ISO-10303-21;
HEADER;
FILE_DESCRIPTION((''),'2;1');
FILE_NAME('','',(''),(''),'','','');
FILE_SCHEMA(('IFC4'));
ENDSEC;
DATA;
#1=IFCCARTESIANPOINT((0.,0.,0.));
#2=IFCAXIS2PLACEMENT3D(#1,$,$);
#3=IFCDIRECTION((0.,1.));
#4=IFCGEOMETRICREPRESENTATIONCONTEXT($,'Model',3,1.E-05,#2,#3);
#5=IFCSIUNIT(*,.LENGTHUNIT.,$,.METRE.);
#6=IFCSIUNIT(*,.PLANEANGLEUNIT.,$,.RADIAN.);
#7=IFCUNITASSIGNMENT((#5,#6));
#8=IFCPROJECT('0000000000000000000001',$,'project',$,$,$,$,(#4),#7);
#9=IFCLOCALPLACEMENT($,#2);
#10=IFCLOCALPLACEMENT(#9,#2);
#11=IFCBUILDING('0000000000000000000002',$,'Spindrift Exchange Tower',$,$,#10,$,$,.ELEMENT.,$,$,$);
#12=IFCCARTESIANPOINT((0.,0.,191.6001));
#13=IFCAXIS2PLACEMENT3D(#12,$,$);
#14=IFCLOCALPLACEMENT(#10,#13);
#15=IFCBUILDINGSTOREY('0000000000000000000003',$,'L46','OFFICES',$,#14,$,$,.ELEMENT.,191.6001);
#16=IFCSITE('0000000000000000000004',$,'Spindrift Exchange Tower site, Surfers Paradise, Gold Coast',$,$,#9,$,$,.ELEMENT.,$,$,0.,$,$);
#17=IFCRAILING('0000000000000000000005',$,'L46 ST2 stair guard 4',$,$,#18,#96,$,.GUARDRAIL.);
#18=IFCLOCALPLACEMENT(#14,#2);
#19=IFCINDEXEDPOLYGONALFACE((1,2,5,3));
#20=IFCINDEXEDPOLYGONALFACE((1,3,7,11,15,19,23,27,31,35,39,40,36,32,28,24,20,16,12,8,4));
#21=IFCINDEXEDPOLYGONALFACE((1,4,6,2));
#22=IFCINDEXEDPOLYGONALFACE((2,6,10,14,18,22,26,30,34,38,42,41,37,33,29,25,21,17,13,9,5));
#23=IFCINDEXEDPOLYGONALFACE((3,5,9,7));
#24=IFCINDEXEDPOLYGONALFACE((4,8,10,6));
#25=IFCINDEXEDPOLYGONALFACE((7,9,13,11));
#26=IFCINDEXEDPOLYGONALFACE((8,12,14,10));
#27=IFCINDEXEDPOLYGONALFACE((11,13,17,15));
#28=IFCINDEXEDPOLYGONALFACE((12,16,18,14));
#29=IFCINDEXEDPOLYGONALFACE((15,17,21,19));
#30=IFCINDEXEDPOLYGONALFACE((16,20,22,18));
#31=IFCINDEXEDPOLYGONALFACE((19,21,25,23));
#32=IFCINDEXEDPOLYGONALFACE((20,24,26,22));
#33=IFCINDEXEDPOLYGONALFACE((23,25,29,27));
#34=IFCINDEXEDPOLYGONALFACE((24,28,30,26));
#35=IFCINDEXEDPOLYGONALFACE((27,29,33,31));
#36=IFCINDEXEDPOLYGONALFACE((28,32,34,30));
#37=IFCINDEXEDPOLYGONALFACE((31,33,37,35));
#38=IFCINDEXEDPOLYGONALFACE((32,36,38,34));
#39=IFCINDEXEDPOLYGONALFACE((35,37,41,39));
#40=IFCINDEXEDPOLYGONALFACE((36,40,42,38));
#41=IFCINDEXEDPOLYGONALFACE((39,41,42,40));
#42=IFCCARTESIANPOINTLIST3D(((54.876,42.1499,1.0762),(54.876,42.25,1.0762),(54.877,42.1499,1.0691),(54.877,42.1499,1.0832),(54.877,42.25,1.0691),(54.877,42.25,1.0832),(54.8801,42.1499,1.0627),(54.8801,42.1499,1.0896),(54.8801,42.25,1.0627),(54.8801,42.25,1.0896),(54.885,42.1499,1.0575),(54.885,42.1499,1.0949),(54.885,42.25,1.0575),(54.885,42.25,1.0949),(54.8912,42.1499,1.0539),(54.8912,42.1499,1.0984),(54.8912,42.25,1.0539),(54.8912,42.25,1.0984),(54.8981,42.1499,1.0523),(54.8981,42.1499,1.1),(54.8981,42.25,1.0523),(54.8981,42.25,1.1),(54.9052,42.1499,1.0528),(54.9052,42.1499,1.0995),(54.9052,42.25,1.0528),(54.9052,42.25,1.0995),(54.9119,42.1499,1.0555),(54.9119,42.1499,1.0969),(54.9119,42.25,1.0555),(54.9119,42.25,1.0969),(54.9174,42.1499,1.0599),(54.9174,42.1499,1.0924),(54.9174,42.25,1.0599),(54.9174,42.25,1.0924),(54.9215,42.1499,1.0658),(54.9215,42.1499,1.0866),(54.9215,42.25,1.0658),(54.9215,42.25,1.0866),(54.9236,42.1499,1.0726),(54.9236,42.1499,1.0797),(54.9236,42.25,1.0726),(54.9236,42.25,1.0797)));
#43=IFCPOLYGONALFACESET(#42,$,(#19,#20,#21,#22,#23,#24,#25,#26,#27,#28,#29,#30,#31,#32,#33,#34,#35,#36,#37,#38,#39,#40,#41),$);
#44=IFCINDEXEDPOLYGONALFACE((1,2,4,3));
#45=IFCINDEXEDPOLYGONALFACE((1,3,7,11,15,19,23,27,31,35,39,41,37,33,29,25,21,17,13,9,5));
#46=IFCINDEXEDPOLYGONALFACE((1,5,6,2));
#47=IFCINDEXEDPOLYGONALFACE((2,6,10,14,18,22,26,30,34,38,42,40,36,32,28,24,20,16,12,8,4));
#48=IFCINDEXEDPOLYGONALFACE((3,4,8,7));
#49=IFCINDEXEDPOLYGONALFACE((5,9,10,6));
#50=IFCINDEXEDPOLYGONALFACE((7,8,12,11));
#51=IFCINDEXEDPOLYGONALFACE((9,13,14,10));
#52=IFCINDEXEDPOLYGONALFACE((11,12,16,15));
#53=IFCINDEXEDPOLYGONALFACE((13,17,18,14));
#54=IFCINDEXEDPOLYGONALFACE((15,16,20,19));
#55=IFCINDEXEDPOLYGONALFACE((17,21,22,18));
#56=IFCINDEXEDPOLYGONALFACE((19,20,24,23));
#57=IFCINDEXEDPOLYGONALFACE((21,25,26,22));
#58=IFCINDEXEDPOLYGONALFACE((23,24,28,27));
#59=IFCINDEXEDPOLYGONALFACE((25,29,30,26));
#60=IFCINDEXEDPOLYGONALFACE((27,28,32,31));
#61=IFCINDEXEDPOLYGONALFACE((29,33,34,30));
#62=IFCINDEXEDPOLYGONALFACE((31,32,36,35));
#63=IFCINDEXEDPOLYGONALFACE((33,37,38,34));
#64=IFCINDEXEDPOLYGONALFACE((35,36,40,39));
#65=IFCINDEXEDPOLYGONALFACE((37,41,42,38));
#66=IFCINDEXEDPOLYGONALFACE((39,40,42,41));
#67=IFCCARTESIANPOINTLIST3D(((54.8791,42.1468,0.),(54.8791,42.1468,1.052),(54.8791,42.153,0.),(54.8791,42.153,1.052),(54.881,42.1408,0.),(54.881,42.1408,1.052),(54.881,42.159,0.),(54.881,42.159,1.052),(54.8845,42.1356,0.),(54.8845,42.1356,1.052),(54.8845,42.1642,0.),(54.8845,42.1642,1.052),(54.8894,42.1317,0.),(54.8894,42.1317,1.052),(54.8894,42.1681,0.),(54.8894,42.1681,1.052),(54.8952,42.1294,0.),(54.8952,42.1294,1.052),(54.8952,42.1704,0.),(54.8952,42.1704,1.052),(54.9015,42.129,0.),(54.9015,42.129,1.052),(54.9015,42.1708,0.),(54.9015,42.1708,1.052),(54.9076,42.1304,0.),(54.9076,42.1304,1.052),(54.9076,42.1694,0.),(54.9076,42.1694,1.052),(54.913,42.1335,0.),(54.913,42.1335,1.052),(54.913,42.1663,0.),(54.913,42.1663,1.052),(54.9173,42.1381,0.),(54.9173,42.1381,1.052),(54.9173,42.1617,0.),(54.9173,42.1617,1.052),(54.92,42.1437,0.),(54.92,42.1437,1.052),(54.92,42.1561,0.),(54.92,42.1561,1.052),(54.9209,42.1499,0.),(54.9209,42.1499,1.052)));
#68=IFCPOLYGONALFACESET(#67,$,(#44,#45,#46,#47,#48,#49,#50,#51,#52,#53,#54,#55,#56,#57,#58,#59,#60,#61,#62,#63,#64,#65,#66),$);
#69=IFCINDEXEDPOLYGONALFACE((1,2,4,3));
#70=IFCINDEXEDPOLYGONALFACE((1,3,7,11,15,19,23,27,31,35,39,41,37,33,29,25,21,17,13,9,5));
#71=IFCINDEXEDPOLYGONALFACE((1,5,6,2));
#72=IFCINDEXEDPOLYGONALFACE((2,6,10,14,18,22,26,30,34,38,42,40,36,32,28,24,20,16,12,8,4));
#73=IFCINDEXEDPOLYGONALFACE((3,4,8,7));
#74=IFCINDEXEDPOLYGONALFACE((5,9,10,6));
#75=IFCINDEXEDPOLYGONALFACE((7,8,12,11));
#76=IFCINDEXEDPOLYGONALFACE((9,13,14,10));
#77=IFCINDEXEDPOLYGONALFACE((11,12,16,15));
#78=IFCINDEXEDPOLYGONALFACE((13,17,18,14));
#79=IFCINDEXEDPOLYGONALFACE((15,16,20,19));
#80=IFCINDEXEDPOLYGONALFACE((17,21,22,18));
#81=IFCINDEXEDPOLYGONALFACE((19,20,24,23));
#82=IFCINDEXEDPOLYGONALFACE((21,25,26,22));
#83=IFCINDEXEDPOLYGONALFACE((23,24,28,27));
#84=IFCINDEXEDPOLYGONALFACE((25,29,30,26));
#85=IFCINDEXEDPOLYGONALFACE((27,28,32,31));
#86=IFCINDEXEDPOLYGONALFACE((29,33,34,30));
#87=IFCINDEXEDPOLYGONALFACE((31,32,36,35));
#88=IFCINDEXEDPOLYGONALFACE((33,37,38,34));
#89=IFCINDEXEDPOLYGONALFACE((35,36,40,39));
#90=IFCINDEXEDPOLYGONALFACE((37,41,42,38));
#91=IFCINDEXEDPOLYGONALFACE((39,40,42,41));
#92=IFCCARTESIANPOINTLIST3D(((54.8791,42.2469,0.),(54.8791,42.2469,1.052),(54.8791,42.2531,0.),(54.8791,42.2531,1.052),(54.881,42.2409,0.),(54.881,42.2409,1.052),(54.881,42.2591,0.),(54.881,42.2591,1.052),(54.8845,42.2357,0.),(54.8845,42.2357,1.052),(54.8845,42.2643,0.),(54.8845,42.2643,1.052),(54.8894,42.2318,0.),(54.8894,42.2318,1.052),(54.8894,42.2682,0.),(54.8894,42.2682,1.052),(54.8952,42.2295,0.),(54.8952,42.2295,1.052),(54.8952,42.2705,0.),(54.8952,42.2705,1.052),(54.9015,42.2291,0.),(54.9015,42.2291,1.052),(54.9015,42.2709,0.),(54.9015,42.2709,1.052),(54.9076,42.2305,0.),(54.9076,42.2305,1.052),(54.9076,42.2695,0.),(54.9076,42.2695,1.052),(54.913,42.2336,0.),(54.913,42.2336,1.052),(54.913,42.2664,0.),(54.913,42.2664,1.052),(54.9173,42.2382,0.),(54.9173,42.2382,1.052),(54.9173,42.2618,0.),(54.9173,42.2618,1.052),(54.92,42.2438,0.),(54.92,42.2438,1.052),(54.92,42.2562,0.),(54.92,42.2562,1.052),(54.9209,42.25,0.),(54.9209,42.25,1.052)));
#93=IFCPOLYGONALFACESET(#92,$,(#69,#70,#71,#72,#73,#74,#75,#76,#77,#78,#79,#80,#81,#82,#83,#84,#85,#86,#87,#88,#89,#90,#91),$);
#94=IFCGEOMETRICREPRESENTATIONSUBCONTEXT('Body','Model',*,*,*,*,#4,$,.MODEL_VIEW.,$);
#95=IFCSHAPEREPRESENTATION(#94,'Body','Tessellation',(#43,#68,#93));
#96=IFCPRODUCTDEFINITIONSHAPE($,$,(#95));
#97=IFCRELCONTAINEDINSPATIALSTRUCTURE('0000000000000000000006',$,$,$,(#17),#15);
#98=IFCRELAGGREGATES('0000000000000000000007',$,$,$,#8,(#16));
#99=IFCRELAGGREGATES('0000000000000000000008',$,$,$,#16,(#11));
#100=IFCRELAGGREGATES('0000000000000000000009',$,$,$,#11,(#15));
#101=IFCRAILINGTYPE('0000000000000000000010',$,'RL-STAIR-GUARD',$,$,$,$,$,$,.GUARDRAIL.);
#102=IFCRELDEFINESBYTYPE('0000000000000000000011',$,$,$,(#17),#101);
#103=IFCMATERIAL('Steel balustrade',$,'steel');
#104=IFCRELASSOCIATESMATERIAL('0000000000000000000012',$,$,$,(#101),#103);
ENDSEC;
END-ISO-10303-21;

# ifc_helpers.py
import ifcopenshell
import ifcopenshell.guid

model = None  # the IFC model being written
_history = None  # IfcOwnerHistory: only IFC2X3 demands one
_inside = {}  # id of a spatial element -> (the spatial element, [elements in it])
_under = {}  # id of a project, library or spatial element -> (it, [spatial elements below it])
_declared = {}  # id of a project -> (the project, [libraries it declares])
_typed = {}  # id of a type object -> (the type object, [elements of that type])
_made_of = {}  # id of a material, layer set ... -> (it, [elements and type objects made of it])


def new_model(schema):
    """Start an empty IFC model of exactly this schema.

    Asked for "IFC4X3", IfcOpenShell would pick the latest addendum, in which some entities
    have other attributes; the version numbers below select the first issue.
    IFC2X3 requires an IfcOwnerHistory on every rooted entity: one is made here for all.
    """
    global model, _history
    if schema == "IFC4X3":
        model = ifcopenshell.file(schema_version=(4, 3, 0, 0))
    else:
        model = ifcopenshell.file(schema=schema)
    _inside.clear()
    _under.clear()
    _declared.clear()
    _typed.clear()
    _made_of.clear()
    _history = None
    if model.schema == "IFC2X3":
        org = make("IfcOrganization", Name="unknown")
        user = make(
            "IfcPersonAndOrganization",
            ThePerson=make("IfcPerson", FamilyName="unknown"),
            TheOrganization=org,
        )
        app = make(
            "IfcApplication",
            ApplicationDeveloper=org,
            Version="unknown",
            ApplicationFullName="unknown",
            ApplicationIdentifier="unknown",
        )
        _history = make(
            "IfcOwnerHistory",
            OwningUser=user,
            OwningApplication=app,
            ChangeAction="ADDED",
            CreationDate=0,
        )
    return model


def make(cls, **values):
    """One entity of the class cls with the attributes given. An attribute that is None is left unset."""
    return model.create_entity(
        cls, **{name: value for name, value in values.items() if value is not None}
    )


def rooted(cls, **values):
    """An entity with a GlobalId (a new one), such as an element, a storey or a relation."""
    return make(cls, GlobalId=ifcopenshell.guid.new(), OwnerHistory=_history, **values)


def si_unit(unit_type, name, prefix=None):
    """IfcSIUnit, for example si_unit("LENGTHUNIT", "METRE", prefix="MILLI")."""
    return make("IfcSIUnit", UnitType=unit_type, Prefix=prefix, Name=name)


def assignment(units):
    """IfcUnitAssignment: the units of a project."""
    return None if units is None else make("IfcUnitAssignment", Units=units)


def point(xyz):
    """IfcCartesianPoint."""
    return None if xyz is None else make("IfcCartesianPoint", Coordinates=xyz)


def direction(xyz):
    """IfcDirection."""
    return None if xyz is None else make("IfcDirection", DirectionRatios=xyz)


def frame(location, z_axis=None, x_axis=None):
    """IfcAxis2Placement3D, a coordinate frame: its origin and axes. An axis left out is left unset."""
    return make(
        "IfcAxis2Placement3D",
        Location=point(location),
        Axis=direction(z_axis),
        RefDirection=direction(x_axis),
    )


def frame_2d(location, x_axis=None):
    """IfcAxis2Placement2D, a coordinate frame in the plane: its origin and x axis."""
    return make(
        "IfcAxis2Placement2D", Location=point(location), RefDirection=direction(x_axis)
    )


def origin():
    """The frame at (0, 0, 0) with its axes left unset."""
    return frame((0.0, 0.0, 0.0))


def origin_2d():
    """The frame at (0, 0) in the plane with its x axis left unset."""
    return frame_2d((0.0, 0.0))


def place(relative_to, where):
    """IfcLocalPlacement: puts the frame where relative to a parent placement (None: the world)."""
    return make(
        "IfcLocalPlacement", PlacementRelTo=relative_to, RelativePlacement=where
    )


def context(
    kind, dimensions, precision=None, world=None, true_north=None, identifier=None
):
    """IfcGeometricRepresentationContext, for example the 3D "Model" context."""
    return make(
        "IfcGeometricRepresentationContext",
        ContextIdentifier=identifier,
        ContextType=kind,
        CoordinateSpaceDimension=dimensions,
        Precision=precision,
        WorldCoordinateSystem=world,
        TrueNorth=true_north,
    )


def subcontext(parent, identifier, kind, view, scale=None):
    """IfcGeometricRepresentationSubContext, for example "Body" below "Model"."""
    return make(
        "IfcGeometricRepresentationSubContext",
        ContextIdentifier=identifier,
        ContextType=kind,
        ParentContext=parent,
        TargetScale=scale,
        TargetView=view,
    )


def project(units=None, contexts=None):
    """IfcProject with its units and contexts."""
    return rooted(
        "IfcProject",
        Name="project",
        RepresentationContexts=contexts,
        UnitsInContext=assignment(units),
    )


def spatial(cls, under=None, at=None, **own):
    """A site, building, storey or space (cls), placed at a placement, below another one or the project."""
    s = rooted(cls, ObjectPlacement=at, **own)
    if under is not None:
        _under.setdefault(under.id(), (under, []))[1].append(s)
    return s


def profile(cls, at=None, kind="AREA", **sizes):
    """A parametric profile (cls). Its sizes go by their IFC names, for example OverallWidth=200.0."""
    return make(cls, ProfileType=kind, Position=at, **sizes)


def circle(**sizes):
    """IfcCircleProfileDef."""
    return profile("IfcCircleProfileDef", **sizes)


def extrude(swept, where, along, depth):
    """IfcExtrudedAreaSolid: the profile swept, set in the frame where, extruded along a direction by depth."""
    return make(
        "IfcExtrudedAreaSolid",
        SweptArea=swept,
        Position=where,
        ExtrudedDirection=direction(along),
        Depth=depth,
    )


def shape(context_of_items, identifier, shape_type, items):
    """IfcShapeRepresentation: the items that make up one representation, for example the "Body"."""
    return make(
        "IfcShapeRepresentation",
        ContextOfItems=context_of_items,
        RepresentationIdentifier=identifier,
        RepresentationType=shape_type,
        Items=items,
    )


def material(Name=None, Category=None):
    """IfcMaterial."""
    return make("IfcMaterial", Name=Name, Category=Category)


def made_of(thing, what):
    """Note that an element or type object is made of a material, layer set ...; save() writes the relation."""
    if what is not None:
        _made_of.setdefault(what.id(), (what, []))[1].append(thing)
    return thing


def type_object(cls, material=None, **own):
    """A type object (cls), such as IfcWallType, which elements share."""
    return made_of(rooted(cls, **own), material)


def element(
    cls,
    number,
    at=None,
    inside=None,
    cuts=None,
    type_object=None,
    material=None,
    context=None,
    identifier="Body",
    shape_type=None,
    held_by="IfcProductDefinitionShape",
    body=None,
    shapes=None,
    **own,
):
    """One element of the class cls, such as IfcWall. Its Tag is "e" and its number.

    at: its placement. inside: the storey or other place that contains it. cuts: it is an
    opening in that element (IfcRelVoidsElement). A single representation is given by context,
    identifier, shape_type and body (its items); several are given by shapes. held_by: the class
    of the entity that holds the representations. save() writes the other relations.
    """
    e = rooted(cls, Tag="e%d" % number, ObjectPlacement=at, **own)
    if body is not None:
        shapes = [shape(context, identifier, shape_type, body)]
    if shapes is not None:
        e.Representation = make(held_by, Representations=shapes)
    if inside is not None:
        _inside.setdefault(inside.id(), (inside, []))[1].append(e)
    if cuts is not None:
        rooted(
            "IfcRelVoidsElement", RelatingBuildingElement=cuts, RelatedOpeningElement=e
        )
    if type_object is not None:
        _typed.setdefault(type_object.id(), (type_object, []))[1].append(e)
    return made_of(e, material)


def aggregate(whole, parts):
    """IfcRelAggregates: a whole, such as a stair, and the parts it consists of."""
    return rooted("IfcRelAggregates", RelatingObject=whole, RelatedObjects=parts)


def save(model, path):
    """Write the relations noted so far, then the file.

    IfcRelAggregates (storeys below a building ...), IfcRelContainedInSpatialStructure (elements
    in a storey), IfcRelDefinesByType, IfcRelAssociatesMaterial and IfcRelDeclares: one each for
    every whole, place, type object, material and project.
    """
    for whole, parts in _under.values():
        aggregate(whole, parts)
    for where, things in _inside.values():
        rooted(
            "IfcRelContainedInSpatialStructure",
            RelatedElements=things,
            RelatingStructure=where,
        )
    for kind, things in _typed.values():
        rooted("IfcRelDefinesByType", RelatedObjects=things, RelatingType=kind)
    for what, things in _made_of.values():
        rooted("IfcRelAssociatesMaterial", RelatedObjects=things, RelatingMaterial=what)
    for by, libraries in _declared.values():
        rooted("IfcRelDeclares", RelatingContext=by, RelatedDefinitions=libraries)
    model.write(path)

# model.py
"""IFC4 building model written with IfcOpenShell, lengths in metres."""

from ifc_helpers import new_model, si_unit, direction, frame, origin, origin_2d, place, context, subcontext, project, spatial, circle, extrude, material, type_object, element, save


model = new_model("IFC4")

# Units and contexts
model_context = context("Model", 3, precision=1e-05, world=origin(), true_north=direction((0.0, 1.0)))
body_context = subcontext(model_context, "Body", "Model", "MODEL_VIEW")
ifc_project = project(units=[si_unit("LENGTHUNIT", "METRE"), si_unit("PLANEANGLEUNIT", "RADIAN")], contexts=[model_context])

# Site, building, storey
site_placement = place(None, origin())
site = spatial("IfcSite", under=ifc_project, at=site_placement, Name="Spindrift Exchange Tower site, Surfers Paradise, Gold Coast", CompositionType="ELEMENT", RefElevation=0.0)
building_placement = place(site_placement, origin())
building = spatial("IfcBuilding", under=site, at=building_placement, Name="Spindrift Exchange Tower", CompositionType="ELEMENT")
storey_placement = place(building_placement, frame((0.0, 0.0, 191.6001)))
storey = spatial("IfcBuildingStorey", under=building, at=storey_placement, Name="L46", Description="OFFICES", CompositionType="ELEMENT", Elevation=191.6001)

# Railing
ifc_material_1 = material(Name="Steel balustrade", Category="steel")
railing_type_1 = type_object("IfcRailingType", Name="RL-STAIR-GUARD", PredefinedType="GUARDRAIL", material=ifc_material_1)
railing_1_placement = place(storey_placement, frame((54.8999, 42.1499, 0.0)))
element("IfcRailing", 1, at=railing_1_placement, inside=storey, type_object=railing_type_1, Name="L46 ST2 stair guard 4", PredefinedType="GUARDRAIL", context=body_context, shape_type="SweptSolid", body=[
    extrude(circle(Radius=0.0239, at=origin_2d()), frame((0.0, 0.0, 1.0762), z_axis=(0.0, 1.0, 0.0), x_axis=(-1.0, 0.0, 0.0)), (0.0, 0.0, 1.0), 0.1001),
    extrude(circle(Radius=0.021, at=origin_2d()), origin(), (0.0, 0.0, 1.0), 1.052),
    extrude(circle(Radius=0.021, at=origin_2d()), frame((0.0, 0.1001, 0.0)), (0.0, 0.0, 1.0), 1.052),
])

save(model, "model.ifc")
